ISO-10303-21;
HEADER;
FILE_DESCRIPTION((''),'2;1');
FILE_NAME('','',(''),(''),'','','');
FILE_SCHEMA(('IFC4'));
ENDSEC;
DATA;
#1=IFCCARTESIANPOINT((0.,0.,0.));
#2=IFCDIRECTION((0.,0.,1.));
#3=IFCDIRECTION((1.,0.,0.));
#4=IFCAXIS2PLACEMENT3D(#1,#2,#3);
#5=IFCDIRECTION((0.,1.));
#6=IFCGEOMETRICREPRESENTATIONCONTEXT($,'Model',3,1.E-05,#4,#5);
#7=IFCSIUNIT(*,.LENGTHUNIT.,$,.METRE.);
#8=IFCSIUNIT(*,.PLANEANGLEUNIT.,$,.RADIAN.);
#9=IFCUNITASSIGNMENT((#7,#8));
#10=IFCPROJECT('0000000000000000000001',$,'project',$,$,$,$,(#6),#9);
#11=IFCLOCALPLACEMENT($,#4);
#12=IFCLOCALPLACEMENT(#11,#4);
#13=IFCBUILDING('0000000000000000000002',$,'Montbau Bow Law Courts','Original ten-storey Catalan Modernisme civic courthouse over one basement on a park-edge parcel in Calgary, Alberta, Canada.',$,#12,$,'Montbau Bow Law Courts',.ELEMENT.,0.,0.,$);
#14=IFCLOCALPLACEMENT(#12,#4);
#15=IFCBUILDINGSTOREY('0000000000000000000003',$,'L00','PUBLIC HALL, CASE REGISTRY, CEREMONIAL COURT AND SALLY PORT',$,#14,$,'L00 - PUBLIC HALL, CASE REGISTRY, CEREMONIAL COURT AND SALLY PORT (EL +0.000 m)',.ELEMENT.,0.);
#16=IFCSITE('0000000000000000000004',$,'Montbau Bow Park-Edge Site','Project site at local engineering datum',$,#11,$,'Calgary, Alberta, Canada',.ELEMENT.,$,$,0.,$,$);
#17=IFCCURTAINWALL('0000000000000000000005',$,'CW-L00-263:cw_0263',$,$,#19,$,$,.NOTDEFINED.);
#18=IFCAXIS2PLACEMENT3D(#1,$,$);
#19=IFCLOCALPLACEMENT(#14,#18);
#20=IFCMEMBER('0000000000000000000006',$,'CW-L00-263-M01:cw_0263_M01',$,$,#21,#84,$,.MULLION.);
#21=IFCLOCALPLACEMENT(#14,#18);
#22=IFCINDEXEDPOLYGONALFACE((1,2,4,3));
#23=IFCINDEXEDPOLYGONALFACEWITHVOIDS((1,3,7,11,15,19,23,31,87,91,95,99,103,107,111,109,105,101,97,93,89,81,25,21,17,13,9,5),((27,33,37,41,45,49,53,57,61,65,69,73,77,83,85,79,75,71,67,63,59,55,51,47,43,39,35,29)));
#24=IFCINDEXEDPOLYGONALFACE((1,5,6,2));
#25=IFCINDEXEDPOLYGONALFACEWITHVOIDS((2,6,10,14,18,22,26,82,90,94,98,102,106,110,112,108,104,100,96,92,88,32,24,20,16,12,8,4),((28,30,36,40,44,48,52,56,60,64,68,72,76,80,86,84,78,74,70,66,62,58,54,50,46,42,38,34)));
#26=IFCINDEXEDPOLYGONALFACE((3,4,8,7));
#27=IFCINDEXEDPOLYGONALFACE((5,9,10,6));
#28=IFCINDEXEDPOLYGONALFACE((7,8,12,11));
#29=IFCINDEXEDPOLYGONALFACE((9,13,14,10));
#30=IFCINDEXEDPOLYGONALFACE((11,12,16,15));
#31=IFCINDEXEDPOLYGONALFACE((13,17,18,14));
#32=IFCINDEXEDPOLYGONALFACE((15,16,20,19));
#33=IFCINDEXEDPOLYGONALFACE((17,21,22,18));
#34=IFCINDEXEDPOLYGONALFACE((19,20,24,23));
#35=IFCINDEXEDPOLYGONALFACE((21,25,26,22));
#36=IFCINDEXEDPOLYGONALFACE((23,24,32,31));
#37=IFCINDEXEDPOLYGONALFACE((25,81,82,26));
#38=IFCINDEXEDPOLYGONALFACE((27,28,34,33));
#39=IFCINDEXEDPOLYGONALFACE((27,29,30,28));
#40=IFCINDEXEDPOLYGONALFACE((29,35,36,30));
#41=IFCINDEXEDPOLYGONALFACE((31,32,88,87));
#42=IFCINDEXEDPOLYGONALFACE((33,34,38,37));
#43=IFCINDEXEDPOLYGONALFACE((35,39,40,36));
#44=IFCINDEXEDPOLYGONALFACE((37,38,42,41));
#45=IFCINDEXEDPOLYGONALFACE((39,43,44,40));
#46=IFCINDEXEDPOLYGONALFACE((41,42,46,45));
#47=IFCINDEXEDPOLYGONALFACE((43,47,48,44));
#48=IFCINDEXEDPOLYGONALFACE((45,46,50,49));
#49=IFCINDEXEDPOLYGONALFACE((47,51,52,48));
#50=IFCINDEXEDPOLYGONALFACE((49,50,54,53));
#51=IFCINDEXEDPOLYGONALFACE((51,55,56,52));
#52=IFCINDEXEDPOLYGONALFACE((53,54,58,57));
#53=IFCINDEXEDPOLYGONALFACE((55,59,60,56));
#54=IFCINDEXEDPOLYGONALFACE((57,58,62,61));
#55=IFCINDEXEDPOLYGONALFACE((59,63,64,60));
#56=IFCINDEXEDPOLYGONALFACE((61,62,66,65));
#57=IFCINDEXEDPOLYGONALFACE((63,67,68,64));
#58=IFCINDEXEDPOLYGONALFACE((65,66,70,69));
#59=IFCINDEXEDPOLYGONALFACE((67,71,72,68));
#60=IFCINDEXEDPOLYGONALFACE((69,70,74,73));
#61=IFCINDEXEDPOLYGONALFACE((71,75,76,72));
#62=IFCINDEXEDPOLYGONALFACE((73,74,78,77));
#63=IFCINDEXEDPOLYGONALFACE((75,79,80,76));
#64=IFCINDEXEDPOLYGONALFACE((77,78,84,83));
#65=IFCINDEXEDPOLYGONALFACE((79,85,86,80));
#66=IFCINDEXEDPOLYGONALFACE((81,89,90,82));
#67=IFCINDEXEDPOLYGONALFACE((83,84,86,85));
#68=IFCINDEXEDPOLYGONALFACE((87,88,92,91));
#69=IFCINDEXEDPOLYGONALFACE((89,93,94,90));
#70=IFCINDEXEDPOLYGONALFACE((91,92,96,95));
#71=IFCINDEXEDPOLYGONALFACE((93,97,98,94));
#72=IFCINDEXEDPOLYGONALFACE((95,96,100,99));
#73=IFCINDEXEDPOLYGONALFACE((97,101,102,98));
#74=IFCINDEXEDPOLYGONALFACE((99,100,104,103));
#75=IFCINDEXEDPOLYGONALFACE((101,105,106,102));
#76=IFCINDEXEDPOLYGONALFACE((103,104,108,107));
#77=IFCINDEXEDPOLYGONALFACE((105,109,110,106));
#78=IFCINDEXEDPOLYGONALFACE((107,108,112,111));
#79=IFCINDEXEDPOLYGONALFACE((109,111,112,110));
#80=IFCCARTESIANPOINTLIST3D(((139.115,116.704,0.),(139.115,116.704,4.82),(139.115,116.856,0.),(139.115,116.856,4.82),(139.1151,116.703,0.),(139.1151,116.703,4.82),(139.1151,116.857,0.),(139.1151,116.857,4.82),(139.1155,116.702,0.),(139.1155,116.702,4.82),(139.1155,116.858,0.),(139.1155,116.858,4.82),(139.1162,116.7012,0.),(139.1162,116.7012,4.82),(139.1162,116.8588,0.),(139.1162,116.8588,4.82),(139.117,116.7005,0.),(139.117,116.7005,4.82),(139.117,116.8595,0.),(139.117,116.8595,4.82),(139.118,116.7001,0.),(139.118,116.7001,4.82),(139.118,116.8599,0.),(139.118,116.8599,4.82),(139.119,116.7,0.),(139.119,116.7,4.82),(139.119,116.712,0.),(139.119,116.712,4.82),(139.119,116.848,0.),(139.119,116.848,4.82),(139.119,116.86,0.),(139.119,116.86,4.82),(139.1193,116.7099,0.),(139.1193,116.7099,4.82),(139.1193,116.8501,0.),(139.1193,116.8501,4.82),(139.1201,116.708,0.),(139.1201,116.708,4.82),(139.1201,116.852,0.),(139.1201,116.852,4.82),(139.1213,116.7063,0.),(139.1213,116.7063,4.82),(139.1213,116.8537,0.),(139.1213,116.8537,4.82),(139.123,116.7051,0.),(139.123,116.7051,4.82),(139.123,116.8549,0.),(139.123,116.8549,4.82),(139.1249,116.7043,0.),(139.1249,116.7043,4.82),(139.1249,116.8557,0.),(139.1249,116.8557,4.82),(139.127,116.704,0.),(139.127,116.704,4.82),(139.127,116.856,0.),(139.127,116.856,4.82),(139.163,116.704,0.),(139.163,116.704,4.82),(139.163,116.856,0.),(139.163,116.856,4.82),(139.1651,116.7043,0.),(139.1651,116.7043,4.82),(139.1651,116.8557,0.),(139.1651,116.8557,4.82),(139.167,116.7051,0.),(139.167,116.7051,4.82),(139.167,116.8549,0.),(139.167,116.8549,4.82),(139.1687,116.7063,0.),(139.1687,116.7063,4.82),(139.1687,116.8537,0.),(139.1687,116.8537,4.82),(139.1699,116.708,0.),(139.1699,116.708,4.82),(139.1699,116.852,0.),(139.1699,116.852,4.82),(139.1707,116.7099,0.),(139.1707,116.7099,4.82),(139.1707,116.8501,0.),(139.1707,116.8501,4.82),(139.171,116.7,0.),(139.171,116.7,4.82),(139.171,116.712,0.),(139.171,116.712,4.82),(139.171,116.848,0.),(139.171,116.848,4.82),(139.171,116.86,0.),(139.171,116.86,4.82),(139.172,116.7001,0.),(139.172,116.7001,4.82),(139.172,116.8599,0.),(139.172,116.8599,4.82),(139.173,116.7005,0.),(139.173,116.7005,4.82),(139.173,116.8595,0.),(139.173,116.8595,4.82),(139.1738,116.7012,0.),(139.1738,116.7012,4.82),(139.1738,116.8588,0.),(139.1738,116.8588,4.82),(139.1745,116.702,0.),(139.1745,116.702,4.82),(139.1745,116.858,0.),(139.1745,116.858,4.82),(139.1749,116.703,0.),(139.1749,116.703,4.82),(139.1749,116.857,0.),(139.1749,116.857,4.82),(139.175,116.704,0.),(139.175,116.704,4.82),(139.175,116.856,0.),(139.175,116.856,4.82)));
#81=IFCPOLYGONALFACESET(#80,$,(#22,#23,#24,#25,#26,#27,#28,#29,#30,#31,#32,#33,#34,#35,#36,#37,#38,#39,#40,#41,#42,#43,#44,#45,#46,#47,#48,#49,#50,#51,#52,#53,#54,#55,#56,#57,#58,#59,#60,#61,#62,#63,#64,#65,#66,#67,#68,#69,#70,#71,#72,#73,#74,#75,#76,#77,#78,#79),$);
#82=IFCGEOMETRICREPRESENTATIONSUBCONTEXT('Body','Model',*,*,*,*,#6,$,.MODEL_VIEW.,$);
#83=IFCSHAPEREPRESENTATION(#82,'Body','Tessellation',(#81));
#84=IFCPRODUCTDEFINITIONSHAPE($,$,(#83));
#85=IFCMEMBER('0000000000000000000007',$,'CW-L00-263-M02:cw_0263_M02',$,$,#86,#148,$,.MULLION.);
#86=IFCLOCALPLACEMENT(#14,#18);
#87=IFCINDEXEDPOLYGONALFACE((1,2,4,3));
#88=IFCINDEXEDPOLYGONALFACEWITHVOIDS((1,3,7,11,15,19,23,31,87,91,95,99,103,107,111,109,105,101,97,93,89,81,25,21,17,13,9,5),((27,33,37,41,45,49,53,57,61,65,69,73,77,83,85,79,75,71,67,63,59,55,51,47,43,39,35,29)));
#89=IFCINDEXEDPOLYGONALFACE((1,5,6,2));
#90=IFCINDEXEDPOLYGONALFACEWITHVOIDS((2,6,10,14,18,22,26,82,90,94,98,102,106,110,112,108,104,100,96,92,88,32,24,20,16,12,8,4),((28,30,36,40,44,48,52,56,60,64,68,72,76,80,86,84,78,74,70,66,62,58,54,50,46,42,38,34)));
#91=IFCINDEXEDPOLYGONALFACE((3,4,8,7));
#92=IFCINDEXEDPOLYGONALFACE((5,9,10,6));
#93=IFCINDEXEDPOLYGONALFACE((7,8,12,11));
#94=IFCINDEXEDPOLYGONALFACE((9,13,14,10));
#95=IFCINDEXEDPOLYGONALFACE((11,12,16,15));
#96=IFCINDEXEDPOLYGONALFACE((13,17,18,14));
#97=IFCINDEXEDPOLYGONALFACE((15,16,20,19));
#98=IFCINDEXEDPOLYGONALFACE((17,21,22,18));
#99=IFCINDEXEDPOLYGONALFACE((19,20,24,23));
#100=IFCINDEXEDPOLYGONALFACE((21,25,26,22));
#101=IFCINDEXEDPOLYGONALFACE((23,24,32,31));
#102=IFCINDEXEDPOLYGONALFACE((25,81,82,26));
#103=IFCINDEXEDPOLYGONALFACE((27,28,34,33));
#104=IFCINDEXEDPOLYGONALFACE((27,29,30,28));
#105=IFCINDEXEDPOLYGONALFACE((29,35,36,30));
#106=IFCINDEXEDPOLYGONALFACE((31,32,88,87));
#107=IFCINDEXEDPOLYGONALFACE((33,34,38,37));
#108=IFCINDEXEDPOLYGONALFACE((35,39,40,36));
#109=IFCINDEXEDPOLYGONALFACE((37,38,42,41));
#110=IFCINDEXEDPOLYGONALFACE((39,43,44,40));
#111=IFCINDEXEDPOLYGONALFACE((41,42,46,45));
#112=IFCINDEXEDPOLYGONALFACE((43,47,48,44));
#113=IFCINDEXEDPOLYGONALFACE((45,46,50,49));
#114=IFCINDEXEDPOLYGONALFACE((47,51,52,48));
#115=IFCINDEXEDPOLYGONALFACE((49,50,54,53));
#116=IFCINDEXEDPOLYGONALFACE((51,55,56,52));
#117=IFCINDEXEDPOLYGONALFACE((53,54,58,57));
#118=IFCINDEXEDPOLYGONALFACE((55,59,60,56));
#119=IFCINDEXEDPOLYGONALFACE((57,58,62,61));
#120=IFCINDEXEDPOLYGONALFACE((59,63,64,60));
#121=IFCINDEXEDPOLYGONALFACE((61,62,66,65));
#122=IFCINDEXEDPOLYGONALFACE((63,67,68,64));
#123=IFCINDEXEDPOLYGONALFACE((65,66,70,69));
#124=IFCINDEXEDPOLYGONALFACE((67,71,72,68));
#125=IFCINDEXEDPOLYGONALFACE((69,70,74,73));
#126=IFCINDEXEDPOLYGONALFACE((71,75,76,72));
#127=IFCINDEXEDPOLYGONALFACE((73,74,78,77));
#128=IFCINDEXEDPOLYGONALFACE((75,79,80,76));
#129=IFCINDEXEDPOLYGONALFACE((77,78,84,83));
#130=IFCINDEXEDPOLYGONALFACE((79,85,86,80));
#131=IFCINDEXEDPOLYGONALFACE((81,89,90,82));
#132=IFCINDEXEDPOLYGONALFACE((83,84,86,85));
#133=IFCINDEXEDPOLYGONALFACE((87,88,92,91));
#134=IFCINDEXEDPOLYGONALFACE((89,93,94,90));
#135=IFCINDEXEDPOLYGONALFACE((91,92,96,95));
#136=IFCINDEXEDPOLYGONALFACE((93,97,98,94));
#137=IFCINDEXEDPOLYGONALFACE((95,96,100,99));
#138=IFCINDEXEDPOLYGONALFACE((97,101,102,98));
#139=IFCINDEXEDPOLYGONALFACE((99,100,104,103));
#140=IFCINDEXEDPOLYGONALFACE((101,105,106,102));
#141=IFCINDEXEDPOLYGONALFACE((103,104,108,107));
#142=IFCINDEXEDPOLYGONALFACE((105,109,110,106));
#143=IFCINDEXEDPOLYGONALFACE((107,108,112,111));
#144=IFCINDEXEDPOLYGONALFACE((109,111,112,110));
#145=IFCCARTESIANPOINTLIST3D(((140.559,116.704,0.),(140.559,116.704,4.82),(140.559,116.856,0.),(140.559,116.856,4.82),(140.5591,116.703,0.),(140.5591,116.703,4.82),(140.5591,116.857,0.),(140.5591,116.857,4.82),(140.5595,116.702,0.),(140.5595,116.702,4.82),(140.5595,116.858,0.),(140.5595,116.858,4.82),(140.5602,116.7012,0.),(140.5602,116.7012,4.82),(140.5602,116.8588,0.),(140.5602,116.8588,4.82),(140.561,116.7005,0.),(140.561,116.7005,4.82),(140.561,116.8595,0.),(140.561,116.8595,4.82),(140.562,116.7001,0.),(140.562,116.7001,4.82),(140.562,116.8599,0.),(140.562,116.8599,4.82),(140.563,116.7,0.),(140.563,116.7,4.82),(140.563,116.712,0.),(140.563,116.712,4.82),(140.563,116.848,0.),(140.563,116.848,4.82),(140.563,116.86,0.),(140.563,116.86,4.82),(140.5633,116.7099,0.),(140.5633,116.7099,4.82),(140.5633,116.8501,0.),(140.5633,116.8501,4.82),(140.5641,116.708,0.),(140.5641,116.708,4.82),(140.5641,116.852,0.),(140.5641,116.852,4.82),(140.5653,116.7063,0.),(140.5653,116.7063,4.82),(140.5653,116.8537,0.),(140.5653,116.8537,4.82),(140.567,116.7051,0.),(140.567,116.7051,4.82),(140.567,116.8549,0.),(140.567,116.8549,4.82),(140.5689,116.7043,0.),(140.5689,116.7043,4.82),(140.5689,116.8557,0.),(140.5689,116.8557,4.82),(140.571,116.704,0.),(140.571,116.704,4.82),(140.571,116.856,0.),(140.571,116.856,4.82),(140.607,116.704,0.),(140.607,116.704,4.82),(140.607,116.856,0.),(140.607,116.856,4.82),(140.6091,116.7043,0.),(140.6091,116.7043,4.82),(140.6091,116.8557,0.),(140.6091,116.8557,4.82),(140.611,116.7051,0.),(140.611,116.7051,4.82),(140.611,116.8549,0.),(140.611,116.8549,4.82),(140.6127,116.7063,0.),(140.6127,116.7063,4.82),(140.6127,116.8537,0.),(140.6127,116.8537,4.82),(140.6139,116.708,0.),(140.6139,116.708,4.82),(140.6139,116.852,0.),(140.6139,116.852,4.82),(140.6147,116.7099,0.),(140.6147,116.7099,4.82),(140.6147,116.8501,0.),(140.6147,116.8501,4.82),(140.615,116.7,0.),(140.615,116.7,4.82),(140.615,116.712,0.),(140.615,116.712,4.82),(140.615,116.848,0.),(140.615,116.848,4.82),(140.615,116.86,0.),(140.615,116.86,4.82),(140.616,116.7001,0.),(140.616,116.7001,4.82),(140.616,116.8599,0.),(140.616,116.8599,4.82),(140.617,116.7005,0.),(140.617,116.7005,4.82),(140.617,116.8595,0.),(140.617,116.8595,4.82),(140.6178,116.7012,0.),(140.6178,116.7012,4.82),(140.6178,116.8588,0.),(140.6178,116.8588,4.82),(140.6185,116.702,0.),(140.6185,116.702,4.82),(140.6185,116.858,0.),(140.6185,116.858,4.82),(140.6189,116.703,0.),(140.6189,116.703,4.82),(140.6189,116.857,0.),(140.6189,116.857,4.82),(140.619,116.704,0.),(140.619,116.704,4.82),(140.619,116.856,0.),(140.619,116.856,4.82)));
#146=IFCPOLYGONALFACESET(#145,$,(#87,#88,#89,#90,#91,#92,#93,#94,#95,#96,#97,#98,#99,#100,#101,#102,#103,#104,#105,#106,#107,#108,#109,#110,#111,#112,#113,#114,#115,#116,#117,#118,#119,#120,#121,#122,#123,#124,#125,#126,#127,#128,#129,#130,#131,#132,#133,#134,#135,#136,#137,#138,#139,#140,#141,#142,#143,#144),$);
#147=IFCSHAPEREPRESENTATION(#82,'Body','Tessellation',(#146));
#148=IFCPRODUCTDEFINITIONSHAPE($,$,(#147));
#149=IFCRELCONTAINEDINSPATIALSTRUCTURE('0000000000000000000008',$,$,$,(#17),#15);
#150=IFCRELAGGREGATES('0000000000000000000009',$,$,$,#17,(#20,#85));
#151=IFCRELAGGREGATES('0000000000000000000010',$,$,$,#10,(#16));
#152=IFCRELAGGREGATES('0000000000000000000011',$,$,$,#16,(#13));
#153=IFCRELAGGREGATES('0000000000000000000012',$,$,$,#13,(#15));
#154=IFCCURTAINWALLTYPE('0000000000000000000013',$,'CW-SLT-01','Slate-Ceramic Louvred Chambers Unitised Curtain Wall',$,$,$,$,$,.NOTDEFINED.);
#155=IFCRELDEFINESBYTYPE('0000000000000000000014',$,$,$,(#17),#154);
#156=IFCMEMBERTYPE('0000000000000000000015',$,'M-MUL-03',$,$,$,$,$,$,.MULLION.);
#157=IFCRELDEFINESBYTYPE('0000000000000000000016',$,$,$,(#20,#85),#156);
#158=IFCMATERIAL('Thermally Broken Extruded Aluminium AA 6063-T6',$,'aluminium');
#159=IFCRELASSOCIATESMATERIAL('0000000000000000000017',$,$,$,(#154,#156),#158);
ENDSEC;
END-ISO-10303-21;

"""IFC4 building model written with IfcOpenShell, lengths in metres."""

from ifc_helpers import new_model, si_unit, direction, frame, origin_with_axes, origin_2d_with_axis, place, context, subcontext, project, spatial, hollow_rectangle, extrude, material, material_profile, profile_set, type_object, element, aggregate, save


model = new_model("IFC4")

# Units and contexts
model_context = context("Model", 3, precision=1e-05, world=origin_with_axes(), true_north=direction((0.0, 1.0)))
body_context = subcontext(model_context, "Body", "Model", "MODEL_VIEW")
ifc_project = project(units=[si_unit("LENGTHUNIT", "METRE"), si_unit("PLANEANGLEUNIT", "RADIAN")], contexts=[model_context])

# Site, building, storey
site_placement = place(None, origin_with_axes())
site = spatial("IfcSite", under=ifc_project, at=site_placement, Name="Montbau Bow Park-Edge Site", Description="Project site at local engineering datum", LongName="Calgary, Alberta, Canada", CompositionType="ELEMENT", RefElevation=0.0)
building_placement = place(site_placement, origin_with_axes())
building = spatial("IfcBuilding", under=site, at=building_placement, Name="Montbau Bow Law Courts", Description="Original ten-storey Catalan Modernisme civic courthouse over one basement on a park-edge parcel in Calgary, Alberta, Canada.", LongName="Montbau Bow Law Courts", CompositionType="ELEMENT", ElevationOfRefHeight=0.0, ElevationOfTerrain=0.0)
storey_placement = place(building_placement, origin_with_axes())
storey = spatial("IfcBuildingStorey", under=building, at=storey_placement, Name="L00", Description="PUBLIC HALL, CASE REGISTRY, CEREMONIAL COURT AND SALLY PORT", LongName="L00 - PUBLIC HALL, CASE REGISTRY, CEREMONIAL COURT AND SALLY PORT (EL +0.000 m)", CompositionType="ELEMENT", Elevation=0.0)

# Shared definitions
ifc_material_1 = material(Name="Thermally Broken Extruded Aluminium AA 6063-T6", Category="aluminium")
curtain_wall_type = type_object("IfcCurtainWallType", Name="CW-SLT-01", Description="Slate-Ceramic Louvred Chambers Unitised Curtain Wall", PredefinedType="NOTDEFINED", material=ifc_material_1)

# Curtain wall, members
curtain_wall_1_placement = place(None, frame((139.115, 116.78, 0.0), z_axis=(0.0, 0.0, 1.0), x_axis=(1.0, 0.0, 0.0)))
curtain_wall_1 = element("IfcCurtainWall", 1, at=curtain_wall_1_placement, inside=storey, type_object=curtain_wall_type, Name="CW-L00-263:cw_0263", PredefinedType="NOTDEFINED")
ifc_material_profile_1 = material_profile(ifc_material_1, hollow_rectangle(XDim=0.06, YDim=0.16, WallThickness=0.004, InnerFilletRadius=0.008, OuterFilletRadius=0.004, at=origin_2d_with_axis()), Name="CWM-160X60", Category="Main", Priority=0)
ifc_profile_set_1 = profile_set([ifc_material_profile_1], Name="Thermally Broken Extruded Aluminium AA 6063-T6")
member_type_1 = type_object("IfcMemberType", Name="M-MUL-03", PredefinedType="MULLION", material=ifc_profile_set_1)
member_1_placement = place(None, frame((139.145, 116.78, 0.0), z_axis=(0.0, 0.0, 1.0), x_axis=(1.0, 0.0, 0.0)))
member_1 = element("IfcMember", 2, at=member_1_placement, type_object=member_type_1, Name="CW-L00-263-M01:cw_0263_M01", PredefinedType="MULLION", context=body_context, shape_type="SweptSolid", body=[
    extrude(hollow_rectangle(XDim=0.06, YDim=0.16, WallThickness=0.004, InnerFilletRadius=0.008, OuterFilletRadius=0.004, at=origin_2d_with_axis()), origin_with_axes(), (0.0, 0.0, 1.0), 4.82),
])
member_2_placement = place(None, frame((140.589, 116.78, 0.0), z_axis=(0.0, 0.0, 1.0), x_axis=(1.0, 0.0, 0.0)))
member_2 = element("IfcMember", 3, at=member_2_placement, type_object=member_type_1, Name="CW-L00-263-M02:cw_0263_M02", PredefinedType="MULLION", context=body_context, shape_type="SweptSolid", body=[
    extrude(hollow_rectangle(XDim=0.06, YDim=0.16, WallThickness=0.004, InnerFilletRadius=0.008, OuterFilletRadius=0.004, at=origin_2d_with_axis()), origin_with_axes(), (0.0, 0.0, 1.0), 4.82),
])
aggregate(curtain_wall_1, [member_1, member_2])

save(model, "model.ifc")
